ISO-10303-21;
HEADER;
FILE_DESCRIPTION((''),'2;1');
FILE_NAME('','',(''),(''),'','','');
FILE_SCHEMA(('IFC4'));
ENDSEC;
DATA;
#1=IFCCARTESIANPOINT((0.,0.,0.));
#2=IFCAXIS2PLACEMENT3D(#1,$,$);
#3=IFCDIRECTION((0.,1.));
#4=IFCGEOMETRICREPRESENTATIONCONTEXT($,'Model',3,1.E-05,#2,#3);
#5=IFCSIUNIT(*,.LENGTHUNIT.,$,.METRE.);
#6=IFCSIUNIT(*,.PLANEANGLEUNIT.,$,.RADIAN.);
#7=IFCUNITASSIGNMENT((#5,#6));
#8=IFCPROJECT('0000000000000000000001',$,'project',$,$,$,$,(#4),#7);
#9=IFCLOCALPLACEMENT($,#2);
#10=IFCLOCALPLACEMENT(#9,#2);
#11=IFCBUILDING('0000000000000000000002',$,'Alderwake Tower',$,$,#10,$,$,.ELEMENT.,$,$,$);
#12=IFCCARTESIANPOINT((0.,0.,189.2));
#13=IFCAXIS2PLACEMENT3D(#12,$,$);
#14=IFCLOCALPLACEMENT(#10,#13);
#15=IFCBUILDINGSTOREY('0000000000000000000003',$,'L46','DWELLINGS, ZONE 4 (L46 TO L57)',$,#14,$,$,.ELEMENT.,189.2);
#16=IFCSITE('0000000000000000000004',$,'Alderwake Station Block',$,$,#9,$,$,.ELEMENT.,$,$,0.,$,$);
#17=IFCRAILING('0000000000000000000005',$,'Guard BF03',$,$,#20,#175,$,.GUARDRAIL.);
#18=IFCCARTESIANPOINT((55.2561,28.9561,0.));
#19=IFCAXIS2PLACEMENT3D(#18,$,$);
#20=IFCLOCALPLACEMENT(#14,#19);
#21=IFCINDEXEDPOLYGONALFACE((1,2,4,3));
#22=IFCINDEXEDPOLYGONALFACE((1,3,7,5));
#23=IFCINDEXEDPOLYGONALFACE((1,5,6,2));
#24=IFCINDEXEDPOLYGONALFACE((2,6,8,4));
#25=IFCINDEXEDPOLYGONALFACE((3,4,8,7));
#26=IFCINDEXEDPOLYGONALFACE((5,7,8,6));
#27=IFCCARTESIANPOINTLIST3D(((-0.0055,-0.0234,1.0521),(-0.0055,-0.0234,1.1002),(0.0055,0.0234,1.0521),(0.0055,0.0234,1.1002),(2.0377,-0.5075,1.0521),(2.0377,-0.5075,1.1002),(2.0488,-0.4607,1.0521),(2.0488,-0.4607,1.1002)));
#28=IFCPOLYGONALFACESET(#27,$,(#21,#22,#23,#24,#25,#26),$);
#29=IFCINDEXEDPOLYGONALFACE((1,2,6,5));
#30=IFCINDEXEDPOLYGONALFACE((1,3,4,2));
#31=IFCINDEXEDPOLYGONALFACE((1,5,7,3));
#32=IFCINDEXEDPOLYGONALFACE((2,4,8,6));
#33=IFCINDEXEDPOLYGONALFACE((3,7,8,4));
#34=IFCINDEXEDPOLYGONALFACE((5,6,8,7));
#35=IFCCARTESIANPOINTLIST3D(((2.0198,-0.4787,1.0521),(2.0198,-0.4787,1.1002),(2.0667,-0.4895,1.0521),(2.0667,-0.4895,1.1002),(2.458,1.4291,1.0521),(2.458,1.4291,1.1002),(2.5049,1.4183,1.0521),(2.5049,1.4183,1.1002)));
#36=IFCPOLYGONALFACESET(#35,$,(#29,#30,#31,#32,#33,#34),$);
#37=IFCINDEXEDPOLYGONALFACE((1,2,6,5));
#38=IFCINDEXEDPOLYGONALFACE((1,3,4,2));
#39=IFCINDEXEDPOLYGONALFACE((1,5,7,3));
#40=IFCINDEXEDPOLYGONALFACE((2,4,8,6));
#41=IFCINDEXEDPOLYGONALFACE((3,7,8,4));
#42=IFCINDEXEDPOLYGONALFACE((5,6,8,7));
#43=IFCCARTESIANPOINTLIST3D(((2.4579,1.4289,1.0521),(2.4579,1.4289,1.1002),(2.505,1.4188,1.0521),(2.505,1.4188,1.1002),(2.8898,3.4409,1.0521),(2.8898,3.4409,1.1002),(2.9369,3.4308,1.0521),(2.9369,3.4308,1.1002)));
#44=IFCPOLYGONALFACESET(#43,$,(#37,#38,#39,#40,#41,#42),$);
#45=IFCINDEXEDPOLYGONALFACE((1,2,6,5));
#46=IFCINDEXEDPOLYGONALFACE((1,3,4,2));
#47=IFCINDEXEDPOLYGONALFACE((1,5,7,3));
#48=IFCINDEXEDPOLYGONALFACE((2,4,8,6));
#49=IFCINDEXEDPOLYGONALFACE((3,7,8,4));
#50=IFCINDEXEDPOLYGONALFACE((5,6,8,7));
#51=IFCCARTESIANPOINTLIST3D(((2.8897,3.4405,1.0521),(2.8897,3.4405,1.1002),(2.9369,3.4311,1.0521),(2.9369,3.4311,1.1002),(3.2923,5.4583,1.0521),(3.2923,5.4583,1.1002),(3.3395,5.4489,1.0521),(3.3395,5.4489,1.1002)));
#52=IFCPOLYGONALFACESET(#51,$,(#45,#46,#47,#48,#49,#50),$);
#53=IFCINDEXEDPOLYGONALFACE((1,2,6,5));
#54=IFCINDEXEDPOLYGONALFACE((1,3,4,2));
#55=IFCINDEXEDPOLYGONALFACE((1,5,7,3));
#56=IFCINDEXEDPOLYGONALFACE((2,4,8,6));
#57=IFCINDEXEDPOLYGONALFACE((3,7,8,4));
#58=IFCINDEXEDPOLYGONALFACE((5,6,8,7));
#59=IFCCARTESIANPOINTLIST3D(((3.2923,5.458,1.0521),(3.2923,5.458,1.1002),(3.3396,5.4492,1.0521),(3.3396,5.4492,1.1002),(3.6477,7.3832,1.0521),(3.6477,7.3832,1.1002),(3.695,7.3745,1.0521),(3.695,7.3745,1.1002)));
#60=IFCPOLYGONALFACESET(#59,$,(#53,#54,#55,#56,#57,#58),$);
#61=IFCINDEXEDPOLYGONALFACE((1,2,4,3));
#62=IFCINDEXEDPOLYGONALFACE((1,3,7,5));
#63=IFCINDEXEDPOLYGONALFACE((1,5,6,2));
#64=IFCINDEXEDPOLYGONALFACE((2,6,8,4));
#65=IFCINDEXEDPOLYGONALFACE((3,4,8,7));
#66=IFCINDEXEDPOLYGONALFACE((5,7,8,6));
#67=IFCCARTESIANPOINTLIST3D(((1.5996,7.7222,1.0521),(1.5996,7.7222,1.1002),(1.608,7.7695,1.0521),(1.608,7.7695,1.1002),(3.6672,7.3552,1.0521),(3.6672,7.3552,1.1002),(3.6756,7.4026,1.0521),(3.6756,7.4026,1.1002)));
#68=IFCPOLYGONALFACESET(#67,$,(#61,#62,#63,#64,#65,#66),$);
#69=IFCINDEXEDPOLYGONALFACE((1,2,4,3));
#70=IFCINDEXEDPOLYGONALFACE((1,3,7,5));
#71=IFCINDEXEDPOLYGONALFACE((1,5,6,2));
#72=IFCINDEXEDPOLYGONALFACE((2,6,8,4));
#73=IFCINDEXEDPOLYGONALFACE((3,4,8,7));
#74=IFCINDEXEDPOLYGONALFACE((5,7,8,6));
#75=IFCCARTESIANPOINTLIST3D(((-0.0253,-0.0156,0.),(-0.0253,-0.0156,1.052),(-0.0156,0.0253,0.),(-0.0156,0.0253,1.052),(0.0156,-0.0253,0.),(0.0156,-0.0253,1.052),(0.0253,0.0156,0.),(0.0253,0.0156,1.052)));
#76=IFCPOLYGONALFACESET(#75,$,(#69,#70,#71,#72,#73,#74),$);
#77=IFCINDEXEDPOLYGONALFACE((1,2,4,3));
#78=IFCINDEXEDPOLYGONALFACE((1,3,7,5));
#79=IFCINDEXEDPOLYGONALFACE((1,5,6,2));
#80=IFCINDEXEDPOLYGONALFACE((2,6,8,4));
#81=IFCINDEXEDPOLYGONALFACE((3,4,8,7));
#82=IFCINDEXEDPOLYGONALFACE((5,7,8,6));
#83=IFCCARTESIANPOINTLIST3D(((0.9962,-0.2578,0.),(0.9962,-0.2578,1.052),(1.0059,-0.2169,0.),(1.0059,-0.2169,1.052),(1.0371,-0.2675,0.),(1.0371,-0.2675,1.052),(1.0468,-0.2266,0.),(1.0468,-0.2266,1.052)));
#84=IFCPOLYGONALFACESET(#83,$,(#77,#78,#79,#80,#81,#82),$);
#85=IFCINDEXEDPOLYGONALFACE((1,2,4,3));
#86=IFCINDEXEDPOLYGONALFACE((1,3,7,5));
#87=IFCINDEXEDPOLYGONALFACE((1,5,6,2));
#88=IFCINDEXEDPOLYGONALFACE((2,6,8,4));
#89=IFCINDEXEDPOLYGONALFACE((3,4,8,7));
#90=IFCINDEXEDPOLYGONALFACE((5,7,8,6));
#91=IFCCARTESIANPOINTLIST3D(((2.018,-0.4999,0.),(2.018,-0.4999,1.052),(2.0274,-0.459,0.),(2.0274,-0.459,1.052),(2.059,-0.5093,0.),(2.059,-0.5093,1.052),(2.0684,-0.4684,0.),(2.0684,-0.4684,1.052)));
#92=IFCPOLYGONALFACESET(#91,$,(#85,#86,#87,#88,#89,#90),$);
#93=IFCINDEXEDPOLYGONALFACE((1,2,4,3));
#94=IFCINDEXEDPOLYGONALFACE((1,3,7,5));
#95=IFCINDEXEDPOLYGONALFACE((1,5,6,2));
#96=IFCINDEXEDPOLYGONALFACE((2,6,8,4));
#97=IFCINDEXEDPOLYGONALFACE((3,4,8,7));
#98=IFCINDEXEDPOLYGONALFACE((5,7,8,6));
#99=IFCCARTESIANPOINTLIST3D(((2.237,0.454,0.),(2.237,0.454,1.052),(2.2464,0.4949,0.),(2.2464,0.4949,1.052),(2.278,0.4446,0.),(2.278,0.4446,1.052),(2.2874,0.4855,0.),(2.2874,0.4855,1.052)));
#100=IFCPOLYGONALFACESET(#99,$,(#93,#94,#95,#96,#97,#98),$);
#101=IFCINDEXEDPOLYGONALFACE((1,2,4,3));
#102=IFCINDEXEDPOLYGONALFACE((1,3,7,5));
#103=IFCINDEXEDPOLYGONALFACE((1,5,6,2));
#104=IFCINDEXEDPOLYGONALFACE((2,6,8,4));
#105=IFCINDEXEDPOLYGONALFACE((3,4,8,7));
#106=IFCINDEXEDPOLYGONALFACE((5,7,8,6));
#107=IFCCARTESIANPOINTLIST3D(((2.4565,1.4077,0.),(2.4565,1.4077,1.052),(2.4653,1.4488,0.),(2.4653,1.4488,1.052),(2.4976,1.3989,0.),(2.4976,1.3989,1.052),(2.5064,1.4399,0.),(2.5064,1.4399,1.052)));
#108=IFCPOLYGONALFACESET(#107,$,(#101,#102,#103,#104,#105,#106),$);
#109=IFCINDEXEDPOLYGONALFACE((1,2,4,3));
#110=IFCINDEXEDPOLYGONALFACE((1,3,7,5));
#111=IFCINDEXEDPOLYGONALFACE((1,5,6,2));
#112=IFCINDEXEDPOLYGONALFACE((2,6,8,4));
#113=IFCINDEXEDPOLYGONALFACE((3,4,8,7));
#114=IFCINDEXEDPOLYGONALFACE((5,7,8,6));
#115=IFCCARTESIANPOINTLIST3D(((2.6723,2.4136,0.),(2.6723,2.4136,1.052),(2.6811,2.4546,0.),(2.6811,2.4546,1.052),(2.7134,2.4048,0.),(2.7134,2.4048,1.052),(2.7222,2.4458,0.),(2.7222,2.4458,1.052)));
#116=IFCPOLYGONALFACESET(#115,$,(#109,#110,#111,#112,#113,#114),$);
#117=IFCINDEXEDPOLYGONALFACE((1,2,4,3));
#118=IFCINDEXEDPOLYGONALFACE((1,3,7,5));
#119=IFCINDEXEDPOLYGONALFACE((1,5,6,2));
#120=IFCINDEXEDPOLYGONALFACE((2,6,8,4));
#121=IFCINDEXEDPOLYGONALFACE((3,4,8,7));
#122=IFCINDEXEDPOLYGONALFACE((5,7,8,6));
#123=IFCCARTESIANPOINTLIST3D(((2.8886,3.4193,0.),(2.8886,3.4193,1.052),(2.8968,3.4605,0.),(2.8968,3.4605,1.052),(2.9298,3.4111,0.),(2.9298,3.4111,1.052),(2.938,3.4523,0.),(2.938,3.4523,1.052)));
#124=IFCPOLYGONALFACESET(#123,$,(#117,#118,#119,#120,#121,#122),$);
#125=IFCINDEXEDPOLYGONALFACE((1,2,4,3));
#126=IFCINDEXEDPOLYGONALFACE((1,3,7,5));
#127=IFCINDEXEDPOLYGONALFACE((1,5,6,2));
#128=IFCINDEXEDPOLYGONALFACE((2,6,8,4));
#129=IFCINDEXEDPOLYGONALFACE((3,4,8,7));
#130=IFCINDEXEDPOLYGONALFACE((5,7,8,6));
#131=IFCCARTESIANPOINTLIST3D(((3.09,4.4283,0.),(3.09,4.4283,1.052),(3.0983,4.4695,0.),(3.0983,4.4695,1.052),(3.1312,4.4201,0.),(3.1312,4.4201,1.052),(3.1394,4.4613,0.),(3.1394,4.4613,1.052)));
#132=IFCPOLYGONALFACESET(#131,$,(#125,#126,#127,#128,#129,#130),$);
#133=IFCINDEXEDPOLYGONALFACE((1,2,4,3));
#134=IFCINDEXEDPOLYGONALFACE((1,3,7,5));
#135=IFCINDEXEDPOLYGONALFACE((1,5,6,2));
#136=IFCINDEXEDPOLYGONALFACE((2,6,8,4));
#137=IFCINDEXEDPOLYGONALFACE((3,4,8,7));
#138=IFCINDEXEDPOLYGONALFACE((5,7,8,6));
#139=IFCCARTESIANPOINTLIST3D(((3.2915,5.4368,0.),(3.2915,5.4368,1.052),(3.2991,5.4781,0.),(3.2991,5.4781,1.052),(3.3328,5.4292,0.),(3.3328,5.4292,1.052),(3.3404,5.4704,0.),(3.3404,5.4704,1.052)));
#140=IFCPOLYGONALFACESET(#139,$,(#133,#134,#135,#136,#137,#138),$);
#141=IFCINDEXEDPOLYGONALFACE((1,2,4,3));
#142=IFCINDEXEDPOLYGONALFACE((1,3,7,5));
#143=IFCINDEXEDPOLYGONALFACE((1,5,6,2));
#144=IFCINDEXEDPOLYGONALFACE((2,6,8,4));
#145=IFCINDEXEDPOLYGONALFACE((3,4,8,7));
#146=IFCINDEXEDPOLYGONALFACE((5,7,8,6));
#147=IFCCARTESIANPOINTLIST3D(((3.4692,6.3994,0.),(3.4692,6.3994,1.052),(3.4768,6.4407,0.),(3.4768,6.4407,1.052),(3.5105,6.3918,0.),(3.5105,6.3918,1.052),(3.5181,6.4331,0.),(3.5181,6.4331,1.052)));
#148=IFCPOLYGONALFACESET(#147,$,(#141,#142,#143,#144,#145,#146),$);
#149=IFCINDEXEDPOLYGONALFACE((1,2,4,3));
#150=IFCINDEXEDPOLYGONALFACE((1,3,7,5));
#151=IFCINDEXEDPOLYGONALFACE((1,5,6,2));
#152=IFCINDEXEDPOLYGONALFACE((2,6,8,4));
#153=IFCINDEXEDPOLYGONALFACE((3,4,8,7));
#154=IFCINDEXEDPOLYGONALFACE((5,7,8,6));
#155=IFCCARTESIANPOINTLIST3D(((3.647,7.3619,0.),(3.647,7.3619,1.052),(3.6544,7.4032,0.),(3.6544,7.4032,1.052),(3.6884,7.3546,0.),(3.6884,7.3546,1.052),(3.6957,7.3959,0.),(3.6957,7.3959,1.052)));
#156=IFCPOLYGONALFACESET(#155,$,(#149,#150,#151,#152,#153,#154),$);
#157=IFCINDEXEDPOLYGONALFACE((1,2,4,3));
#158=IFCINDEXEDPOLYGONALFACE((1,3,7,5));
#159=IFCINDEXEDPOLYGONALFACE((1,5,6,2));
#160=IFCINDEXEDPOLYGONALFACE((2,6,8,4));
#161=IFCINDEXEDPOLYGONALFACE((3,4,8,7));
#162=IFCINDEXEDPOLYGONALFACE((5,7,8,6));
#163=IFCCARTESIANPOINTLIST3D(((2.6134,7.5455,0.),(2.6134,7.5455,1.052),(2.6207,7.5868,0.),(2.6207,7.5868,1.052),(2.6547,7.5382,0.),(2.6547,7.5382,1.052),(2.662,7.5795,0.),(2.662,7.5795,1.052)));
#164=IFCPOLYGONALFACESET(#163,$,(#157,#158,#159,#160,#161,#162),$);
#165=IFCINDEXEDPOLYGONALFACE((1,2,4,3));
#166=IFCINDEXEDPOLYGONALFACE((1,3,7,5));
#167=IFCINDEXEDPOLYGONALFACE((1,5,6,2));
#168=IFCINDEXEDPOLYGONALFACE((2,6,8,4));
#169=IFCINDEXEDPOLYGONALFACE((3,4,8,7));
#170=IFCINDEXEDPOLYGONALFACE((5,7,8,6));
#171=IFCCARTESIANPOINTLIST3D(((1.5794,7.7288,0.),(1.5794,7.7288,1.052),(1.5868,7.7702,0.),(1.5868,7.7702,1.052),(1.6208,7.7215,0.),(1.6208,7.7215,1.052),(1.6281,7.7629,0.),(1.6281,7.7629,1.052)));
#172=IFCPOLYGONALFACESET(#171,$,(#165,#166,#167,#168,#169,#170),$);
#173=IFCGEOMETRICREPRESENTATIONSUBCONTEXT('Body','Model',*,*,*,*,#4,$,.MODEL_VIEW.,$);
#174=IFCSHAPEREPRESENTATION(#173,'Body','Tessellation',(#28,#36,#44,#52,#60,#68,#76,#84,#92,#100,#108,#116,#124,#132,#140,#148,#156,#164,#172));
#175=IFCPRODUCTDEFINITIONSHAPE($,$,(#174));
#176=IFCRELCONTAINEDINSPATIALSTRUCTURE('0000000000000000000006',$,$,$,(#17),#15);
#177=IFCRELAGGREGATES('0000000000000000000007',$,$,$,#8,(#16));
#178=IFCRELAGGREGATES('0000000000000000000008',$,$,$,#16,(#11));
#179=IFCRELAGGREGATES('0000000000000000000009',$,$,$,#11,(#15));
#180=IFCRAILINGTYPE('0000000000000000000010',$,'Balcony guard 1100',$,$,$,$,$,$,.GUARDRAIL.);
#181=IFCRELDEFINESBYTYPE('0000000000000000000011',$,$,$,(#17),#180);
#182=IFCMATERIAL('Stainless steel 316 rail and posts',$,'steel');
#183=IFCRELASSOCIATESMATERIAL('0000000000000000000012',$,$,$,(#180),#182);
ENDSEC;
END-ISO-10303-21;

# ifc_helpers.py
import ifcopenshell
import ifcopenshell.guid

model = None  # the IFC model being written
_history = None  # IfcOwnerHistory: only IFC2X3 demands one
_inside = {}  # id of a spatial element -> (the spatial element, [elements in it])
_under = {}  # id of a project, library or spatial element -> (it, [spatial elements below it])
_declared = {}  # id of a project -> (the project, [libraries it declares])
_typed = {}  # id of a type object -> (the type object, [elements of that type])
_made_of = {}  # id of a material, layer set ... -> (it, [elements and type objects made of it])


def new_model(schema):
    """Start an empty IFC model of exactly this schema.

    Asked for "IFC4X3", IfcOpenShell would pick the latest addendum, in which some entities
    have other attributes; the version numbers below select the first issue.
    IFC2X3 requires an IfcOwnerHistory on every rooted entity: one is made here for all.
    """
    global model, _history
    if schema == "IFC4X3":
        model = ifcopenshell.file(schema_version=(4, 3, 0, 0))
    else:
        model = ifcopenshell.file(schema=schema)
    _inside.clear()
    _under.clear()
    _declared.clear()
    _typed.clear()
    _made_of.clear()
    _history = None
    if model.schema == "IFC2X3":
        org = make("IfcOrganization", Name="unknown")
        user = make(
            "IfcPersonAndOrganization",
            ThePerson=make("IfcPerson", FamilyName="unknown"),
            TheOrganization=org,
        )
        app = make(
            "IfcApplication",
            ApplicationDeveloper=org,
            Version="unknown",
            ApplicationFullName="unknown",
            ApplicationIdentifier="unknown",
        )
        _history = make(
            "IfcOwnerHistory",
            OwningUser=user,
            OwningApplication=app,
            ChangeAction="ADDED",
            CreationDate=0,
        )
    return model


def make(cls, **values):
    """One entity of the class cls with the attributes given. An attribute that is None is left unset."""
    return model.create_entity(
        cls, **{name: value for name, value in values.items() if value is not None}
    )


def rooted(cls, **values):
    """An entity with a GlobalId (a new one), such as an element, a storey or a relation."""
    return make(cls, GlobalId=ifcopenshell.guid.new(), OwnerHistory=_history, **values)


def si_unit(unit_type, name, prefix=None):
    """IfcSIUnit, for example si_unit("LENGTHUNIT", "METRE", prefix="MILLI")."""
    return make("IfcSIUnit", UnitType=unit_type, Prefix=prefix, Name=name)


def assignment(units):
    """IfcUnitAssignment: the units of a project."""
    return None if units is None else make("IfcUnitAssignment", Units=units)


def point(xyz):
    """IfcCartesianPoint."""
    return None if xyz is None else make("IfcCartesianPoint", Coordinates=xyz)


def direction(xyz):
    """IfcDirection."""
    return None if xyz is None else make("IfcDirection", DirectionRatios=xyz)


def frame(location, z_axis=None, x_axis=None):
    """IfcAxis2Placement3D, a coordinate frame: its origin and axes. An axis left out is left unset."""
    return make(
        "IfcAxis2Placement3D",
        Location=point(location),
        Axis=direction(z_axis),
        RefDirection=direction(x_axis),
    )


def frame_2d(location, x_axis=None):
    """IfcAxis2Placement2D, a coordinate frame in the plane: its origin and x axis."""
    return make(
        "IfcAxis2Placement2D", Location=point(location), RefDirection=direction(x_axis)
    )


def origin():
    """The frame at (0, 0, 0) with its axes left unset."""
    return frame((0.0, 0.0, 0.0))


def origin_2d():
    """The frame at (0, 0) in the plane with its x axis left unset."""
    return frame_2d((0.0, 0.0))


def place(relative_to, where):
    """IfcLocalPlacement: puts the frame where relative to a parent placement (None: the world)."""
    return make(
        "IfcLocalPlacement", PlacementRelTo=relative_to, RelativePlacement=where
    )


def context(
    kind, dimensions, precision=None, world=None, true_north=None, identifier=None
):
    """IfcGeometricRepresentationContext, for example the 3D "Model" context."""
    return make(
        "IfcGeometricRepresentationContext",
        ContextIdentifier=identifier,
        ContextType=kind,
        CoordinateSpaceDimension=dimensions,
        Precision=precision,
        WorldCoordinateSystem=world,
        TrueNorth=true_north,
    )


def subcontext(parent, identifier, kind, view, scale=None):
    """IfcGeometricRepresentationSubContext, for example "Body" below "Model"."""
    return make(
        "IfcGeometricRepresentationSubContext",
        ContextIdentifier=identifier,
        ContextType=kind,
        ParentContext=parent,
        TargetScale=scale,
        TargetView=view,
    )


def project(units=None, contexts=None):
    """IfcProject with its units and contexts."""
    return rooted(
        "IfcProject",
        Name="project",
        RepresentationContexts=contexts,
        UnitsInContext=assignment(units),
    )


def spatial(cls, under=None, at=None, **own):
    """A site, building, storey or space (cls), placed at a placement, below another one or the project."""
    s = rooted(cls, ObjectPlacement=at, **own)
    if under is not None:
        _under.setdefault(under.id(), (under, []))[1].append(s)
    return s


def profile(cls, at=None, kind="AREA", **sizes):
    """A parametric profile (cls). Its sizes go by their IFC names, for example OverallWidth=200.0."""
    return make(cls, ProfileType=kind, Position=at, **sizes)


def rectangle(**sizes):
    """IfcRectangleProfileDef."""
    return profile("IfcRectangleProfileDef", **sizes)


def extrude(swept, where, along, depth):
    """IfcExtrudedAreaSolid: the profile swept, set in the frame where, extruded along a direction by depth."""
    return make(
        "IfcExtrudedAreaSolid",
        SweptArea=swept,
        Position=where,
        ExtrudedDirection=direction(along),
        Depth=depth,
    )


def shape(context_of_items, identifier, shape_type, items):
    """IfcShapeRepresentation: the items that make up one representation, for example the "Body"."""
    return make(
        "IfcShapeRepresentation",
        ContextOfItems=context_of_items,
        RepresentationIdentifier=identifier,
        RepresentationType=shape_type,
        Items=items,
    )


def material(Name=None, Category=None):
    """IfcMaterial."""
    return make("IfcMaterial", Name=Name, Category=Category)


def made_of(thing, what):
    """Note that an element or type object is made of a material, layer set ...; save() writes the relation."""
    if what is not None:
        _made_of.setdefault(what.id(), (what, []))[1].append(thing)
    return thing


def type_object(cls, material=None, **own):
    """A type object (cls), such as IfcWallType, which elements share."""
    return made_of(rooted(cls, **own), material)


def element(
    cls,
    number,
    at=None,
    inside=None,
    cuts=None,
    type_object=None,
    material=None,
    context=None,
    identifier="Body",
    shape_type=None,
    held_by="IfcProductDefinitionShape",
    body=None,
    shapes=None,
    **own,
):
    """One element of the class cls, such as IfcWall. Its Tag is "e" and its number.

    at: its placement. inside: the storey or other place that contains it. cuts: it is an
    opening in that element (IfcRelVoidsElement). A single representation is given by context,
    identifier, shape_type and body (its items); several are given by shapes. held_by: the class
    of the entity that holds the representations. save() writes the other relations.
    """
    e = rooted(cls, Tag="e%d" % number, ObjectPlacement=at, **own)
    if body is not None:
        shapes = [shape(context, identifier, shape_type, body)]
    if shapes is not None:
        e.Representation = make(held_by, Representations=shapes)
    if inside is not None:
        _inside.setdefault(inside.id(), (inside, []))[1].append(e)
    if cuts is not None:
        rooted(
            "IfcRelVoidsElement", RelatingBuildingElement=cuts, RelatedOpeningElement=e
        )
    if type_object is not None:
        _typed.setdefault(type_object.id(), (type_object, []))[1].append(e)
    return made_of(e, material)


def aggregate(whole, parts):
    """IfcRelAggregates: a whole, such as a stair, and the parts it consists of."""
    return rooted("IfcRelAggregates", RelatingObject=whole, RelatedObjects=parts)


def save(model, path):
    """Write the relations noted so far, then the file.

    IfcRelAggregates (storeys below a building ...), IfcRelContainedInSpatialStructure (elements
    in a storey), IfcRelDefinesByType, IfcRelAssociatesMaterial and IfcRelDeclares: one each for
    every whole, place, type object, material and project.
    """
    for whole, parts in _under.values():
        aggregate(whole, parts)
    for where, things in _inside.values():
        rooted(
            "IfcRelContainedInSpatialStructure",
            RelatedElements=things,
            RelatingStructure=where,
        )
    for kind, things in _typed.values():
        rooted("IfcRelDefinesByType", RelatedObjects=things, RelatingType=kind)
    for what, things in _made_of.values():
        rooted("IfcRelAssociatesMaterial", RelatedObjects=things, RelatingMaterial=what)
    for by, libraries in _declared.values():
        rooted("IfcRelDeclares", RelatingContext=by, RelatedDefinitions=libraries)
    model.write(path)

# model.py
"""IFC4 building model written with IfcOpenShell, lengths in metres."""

from ifc_helpers import new_model, si_unit, direction, frame, origin, origin_2d, place, context, subcontext, project, spatial, rectangle, extrude, material, type_object, element, save


model = new_model("IFC4")

# Units and contexts
model_context = context("Model", 3, precision=1e-05, world=origin(), true_north=direction((0.0, 1.0)))
body_context = subcontext(model_context, "Body", "Model", "MODEL_VIEW")
ifc_project = project(units=[si_unit("LENGTHUNIT", "METRE"), si_unit("PLANEANGLEUNIT", "RADIAN")], contexts=[model_context])

# Site, building, storey
site_placement = place(None, origin())
site = spatial("IfcSite", under=ifc_project, at=site_placement, Name="Alderwake Station Block", CompositionType="ELEMENT", RefElevation=0.0)
building_placement = place(site_placement, origin())
building = spatial("IfcBuilding", under=site, at=building_placement, Name="Alderwake Tower", CompositionType="ELEMENT")
storey_placement = place(building_placement, frame((0.0, 0.0, 189.2)))
storey = spatial("IfcBuildingStorey", under=building, at=storey_placement, Name="L46", Description="DWELLINGS, ZONE 4 (L46 TO L57)", CompositionType="ELEMENT", Elevation=189.2)

# Railing
ifc_material_1 = material(Name="Stainless steel 316 rail and posts", Category="steel")
railing_type = type_object("IfcRailingType", Name="Balcony guard 1100", PredefinedType="GUARDRAIL", material=ifc_material_1)
railing_placement = place(storey_placement, frame((55.2561, 28.9561, 0.0)))
element("IfcRailing", 1, at=railing_placement, inside=storey, type_object=railing_type, Name="Guard BF03", PredefinedType="GUARDRAIL", context=body_context, shape_type="SweptSolid", body=[
    extrude(rectangle(XDim=0.0481, YDim=0.0481, at=origin_2d()), frame((0.0, 0.0, 1.0762), z_axis=(0.973058, -0.230562, 0.0), x_axis=(0.230562, 0.973058, 0.0)), (0.0, 0.0, 1.0), 2.0999),
    extrude(rectangle(XDim=0.0481, YDim=0.0481, at=origin_2d()), frame((2.0432, -0.4841, 1.0762), z_axis=(0.223857, 0.974622, 0.0), x_axis=(-0.974622, 0.223857, 0.0)), (0.0, 0.0, 1.0), 1.9575),
    extrude(rectangle(XDim=0.0481, YDim=0.0481, at=origin_2d()), frame((2.4814, 1.4238, 1.0762), z_axis=(0.209877, 0.977728, 0.0), x_axis=(-0.977728, 0.209877, 0.0)), (0.0, 0.0, 1.0), 2.0579),
    extrude(rectangle(XDim=0.0481, YDim=0.0481, at=origin_2d()), frame((2.9133, 3.4358, 1.0762), z_axis=(0.19566, 0.980672, 0.0), x_axis=(-0.980672, 0.19566, 0.0)), (0.0, 0.0, 1.0), 2.0576),
    extrude(rectangle(XDim=0.0481, YDim=0.0481, at=origin_2d()), frame((3.3159, 5.4536, 1.0762), z_axis=(0.181562, 0.983379, 0.0), x_axis=(-0.983379, 0.181562, 0.0)), (0.0, 0.0, 1.0), 1.9578),
    extrude(rectangle(XDim=0.0481, YDim=0.0481, at=origin_2d()), frame((3.6714, 7.3789, 1.0762), z_axis=(-0.984615, 0.17474, 0.0), x_axis=(-0.17474, -0.984615, 0.0)), (0.0, 0.0, 1.0), 2.0999),
    extrude(rectangle(XDim=0.042, YDim=0.042, at=origin_2d()), frame((0.0, 0.0, 0.0), z_axis=(0.0, 0.0, 1.0), x_axis=(0.973058, -0.230562, 0.0)), (0.0, 0.0, 1.0), 1.052),
    extrude(rectangle(XDim=0.042, YDim=0.042, at=origin_2d()), frame((1.0215, -0.2422, 0.0), z_axis=(0.0, 0.0, 1.0), x_axis=(0.973058, -0.230562, 0.0)), (0.0, 0.0, 1.0), 1.052),
    extrude(rectangle(XDim=0.042, YDim=0.042, at=origin_2d()), frame((2.0432, -0.4841, 0.0), z_axis=(0.0, 0.0, 1.0), x_axis=(0.223857, 0.974622, 0.0)), (0.0, 0.0, 1.0), 1.052),
    extrude(rectangle(XDim=0.042, YDim=0.042, at=origin_2d()), frame((2.2622, 0.4697, 0.0), z_axis=(0.0, 0.0, 1.0), x_axis=(0.223857, 0.974622, 0.0)), (0.0, 0.0, 1.0), 1.052),
    extrude(rectangle(XDim=0.042, YDim=0.042, at=origin_2d()), frame((2.4814, 1.4238, 0.0), z_axis=(0.0, 0.0, 1.0), x_axis=(0.209877, 0.977728, 0.0)), (0.0, 0.0, 1.0), 1.052),
    extrude(rectangle(XDim=0.042, YDim=0.042, at=origin_2d()), frame((2.6973, 2.4297, 0.0), z_axis=(0.0, 0.0, 1.0), x_axis=(0.209877, 0.977728, 0.0)), (0.0, 0.0, 1.0), 1.052),
    extrude(rectangle(XDim=0.042, YDim=0.042, at=origin_2d()), frame((2.9133, 3.4358, 0.0), z_axis=(0.0, 0.0, 1.0), x_axis=(0.19566, 0.980672, 0.0)), (0.0, 0.0, 1.0), 1.052),
    extrude(rectangle(XDim=0.042, YDim=0.042, at=origin_2d()), frame((3.1147, 4.4448, 0.0), z_axis=(0.0, 0.0, 1.0), x_axis=(0.19566, 0.980672, 0.0)), (0.0, 0.0, 1.0), 1.052),
    extrude(rectangle(XDim=0.042, YDim=0.042, at=origin_2d()), frame((3.3159, 5.4536, 0.0), z_axis=(0.0, 0.0, 1.0), x_axis=(0.181562, 0.983379, 0.0)), (0.0, 0.0, 1.0), 1.052),
    extrude(rectangle(XDim=0.042, YDim=0.042, at=origin_2d()), frame((3.4937, 6.4163, 0.0), z_axis=(0.0, 0.0, 1.0), x_axis=(0.181562, 0.983379, 0.0)), (0.0, 0.0, 1.0), 1.052),
    extrude(rectangle(XDim=0.042, YDim=0.042, at=origin_2d()), frame((3.6714, 7.3789, 0.0), z_axis=(0.0, 0.0, 1.0), x_axis=(-0.984615, 0.17474, 0.0)), (0.0, 0.0, 1.0), 1.052),
    extrude(rectangle(XDim=0.042, YDim=0.042, at=origin_2d()), frame((2.6377, 7.5625, 0.0), z_axis=(0.0, 0.0, 1.0), x_axis=(-0.984615, 0.17474, 0.0)), (0.0, 0.0, 1.0), 1.052),
    extrude(rectangle(XDim=0.042, YDim=0.042, at=origin_2d()), frame((1.6038, 7.7458, 0.0), z_axis=(0.0, 0.0, 1.0), x_axis=(-0.984615, 0.17474, 0.0)), (0.0, 0.0, 1.0), 1.052),
])

save(model, "model.ifc")
